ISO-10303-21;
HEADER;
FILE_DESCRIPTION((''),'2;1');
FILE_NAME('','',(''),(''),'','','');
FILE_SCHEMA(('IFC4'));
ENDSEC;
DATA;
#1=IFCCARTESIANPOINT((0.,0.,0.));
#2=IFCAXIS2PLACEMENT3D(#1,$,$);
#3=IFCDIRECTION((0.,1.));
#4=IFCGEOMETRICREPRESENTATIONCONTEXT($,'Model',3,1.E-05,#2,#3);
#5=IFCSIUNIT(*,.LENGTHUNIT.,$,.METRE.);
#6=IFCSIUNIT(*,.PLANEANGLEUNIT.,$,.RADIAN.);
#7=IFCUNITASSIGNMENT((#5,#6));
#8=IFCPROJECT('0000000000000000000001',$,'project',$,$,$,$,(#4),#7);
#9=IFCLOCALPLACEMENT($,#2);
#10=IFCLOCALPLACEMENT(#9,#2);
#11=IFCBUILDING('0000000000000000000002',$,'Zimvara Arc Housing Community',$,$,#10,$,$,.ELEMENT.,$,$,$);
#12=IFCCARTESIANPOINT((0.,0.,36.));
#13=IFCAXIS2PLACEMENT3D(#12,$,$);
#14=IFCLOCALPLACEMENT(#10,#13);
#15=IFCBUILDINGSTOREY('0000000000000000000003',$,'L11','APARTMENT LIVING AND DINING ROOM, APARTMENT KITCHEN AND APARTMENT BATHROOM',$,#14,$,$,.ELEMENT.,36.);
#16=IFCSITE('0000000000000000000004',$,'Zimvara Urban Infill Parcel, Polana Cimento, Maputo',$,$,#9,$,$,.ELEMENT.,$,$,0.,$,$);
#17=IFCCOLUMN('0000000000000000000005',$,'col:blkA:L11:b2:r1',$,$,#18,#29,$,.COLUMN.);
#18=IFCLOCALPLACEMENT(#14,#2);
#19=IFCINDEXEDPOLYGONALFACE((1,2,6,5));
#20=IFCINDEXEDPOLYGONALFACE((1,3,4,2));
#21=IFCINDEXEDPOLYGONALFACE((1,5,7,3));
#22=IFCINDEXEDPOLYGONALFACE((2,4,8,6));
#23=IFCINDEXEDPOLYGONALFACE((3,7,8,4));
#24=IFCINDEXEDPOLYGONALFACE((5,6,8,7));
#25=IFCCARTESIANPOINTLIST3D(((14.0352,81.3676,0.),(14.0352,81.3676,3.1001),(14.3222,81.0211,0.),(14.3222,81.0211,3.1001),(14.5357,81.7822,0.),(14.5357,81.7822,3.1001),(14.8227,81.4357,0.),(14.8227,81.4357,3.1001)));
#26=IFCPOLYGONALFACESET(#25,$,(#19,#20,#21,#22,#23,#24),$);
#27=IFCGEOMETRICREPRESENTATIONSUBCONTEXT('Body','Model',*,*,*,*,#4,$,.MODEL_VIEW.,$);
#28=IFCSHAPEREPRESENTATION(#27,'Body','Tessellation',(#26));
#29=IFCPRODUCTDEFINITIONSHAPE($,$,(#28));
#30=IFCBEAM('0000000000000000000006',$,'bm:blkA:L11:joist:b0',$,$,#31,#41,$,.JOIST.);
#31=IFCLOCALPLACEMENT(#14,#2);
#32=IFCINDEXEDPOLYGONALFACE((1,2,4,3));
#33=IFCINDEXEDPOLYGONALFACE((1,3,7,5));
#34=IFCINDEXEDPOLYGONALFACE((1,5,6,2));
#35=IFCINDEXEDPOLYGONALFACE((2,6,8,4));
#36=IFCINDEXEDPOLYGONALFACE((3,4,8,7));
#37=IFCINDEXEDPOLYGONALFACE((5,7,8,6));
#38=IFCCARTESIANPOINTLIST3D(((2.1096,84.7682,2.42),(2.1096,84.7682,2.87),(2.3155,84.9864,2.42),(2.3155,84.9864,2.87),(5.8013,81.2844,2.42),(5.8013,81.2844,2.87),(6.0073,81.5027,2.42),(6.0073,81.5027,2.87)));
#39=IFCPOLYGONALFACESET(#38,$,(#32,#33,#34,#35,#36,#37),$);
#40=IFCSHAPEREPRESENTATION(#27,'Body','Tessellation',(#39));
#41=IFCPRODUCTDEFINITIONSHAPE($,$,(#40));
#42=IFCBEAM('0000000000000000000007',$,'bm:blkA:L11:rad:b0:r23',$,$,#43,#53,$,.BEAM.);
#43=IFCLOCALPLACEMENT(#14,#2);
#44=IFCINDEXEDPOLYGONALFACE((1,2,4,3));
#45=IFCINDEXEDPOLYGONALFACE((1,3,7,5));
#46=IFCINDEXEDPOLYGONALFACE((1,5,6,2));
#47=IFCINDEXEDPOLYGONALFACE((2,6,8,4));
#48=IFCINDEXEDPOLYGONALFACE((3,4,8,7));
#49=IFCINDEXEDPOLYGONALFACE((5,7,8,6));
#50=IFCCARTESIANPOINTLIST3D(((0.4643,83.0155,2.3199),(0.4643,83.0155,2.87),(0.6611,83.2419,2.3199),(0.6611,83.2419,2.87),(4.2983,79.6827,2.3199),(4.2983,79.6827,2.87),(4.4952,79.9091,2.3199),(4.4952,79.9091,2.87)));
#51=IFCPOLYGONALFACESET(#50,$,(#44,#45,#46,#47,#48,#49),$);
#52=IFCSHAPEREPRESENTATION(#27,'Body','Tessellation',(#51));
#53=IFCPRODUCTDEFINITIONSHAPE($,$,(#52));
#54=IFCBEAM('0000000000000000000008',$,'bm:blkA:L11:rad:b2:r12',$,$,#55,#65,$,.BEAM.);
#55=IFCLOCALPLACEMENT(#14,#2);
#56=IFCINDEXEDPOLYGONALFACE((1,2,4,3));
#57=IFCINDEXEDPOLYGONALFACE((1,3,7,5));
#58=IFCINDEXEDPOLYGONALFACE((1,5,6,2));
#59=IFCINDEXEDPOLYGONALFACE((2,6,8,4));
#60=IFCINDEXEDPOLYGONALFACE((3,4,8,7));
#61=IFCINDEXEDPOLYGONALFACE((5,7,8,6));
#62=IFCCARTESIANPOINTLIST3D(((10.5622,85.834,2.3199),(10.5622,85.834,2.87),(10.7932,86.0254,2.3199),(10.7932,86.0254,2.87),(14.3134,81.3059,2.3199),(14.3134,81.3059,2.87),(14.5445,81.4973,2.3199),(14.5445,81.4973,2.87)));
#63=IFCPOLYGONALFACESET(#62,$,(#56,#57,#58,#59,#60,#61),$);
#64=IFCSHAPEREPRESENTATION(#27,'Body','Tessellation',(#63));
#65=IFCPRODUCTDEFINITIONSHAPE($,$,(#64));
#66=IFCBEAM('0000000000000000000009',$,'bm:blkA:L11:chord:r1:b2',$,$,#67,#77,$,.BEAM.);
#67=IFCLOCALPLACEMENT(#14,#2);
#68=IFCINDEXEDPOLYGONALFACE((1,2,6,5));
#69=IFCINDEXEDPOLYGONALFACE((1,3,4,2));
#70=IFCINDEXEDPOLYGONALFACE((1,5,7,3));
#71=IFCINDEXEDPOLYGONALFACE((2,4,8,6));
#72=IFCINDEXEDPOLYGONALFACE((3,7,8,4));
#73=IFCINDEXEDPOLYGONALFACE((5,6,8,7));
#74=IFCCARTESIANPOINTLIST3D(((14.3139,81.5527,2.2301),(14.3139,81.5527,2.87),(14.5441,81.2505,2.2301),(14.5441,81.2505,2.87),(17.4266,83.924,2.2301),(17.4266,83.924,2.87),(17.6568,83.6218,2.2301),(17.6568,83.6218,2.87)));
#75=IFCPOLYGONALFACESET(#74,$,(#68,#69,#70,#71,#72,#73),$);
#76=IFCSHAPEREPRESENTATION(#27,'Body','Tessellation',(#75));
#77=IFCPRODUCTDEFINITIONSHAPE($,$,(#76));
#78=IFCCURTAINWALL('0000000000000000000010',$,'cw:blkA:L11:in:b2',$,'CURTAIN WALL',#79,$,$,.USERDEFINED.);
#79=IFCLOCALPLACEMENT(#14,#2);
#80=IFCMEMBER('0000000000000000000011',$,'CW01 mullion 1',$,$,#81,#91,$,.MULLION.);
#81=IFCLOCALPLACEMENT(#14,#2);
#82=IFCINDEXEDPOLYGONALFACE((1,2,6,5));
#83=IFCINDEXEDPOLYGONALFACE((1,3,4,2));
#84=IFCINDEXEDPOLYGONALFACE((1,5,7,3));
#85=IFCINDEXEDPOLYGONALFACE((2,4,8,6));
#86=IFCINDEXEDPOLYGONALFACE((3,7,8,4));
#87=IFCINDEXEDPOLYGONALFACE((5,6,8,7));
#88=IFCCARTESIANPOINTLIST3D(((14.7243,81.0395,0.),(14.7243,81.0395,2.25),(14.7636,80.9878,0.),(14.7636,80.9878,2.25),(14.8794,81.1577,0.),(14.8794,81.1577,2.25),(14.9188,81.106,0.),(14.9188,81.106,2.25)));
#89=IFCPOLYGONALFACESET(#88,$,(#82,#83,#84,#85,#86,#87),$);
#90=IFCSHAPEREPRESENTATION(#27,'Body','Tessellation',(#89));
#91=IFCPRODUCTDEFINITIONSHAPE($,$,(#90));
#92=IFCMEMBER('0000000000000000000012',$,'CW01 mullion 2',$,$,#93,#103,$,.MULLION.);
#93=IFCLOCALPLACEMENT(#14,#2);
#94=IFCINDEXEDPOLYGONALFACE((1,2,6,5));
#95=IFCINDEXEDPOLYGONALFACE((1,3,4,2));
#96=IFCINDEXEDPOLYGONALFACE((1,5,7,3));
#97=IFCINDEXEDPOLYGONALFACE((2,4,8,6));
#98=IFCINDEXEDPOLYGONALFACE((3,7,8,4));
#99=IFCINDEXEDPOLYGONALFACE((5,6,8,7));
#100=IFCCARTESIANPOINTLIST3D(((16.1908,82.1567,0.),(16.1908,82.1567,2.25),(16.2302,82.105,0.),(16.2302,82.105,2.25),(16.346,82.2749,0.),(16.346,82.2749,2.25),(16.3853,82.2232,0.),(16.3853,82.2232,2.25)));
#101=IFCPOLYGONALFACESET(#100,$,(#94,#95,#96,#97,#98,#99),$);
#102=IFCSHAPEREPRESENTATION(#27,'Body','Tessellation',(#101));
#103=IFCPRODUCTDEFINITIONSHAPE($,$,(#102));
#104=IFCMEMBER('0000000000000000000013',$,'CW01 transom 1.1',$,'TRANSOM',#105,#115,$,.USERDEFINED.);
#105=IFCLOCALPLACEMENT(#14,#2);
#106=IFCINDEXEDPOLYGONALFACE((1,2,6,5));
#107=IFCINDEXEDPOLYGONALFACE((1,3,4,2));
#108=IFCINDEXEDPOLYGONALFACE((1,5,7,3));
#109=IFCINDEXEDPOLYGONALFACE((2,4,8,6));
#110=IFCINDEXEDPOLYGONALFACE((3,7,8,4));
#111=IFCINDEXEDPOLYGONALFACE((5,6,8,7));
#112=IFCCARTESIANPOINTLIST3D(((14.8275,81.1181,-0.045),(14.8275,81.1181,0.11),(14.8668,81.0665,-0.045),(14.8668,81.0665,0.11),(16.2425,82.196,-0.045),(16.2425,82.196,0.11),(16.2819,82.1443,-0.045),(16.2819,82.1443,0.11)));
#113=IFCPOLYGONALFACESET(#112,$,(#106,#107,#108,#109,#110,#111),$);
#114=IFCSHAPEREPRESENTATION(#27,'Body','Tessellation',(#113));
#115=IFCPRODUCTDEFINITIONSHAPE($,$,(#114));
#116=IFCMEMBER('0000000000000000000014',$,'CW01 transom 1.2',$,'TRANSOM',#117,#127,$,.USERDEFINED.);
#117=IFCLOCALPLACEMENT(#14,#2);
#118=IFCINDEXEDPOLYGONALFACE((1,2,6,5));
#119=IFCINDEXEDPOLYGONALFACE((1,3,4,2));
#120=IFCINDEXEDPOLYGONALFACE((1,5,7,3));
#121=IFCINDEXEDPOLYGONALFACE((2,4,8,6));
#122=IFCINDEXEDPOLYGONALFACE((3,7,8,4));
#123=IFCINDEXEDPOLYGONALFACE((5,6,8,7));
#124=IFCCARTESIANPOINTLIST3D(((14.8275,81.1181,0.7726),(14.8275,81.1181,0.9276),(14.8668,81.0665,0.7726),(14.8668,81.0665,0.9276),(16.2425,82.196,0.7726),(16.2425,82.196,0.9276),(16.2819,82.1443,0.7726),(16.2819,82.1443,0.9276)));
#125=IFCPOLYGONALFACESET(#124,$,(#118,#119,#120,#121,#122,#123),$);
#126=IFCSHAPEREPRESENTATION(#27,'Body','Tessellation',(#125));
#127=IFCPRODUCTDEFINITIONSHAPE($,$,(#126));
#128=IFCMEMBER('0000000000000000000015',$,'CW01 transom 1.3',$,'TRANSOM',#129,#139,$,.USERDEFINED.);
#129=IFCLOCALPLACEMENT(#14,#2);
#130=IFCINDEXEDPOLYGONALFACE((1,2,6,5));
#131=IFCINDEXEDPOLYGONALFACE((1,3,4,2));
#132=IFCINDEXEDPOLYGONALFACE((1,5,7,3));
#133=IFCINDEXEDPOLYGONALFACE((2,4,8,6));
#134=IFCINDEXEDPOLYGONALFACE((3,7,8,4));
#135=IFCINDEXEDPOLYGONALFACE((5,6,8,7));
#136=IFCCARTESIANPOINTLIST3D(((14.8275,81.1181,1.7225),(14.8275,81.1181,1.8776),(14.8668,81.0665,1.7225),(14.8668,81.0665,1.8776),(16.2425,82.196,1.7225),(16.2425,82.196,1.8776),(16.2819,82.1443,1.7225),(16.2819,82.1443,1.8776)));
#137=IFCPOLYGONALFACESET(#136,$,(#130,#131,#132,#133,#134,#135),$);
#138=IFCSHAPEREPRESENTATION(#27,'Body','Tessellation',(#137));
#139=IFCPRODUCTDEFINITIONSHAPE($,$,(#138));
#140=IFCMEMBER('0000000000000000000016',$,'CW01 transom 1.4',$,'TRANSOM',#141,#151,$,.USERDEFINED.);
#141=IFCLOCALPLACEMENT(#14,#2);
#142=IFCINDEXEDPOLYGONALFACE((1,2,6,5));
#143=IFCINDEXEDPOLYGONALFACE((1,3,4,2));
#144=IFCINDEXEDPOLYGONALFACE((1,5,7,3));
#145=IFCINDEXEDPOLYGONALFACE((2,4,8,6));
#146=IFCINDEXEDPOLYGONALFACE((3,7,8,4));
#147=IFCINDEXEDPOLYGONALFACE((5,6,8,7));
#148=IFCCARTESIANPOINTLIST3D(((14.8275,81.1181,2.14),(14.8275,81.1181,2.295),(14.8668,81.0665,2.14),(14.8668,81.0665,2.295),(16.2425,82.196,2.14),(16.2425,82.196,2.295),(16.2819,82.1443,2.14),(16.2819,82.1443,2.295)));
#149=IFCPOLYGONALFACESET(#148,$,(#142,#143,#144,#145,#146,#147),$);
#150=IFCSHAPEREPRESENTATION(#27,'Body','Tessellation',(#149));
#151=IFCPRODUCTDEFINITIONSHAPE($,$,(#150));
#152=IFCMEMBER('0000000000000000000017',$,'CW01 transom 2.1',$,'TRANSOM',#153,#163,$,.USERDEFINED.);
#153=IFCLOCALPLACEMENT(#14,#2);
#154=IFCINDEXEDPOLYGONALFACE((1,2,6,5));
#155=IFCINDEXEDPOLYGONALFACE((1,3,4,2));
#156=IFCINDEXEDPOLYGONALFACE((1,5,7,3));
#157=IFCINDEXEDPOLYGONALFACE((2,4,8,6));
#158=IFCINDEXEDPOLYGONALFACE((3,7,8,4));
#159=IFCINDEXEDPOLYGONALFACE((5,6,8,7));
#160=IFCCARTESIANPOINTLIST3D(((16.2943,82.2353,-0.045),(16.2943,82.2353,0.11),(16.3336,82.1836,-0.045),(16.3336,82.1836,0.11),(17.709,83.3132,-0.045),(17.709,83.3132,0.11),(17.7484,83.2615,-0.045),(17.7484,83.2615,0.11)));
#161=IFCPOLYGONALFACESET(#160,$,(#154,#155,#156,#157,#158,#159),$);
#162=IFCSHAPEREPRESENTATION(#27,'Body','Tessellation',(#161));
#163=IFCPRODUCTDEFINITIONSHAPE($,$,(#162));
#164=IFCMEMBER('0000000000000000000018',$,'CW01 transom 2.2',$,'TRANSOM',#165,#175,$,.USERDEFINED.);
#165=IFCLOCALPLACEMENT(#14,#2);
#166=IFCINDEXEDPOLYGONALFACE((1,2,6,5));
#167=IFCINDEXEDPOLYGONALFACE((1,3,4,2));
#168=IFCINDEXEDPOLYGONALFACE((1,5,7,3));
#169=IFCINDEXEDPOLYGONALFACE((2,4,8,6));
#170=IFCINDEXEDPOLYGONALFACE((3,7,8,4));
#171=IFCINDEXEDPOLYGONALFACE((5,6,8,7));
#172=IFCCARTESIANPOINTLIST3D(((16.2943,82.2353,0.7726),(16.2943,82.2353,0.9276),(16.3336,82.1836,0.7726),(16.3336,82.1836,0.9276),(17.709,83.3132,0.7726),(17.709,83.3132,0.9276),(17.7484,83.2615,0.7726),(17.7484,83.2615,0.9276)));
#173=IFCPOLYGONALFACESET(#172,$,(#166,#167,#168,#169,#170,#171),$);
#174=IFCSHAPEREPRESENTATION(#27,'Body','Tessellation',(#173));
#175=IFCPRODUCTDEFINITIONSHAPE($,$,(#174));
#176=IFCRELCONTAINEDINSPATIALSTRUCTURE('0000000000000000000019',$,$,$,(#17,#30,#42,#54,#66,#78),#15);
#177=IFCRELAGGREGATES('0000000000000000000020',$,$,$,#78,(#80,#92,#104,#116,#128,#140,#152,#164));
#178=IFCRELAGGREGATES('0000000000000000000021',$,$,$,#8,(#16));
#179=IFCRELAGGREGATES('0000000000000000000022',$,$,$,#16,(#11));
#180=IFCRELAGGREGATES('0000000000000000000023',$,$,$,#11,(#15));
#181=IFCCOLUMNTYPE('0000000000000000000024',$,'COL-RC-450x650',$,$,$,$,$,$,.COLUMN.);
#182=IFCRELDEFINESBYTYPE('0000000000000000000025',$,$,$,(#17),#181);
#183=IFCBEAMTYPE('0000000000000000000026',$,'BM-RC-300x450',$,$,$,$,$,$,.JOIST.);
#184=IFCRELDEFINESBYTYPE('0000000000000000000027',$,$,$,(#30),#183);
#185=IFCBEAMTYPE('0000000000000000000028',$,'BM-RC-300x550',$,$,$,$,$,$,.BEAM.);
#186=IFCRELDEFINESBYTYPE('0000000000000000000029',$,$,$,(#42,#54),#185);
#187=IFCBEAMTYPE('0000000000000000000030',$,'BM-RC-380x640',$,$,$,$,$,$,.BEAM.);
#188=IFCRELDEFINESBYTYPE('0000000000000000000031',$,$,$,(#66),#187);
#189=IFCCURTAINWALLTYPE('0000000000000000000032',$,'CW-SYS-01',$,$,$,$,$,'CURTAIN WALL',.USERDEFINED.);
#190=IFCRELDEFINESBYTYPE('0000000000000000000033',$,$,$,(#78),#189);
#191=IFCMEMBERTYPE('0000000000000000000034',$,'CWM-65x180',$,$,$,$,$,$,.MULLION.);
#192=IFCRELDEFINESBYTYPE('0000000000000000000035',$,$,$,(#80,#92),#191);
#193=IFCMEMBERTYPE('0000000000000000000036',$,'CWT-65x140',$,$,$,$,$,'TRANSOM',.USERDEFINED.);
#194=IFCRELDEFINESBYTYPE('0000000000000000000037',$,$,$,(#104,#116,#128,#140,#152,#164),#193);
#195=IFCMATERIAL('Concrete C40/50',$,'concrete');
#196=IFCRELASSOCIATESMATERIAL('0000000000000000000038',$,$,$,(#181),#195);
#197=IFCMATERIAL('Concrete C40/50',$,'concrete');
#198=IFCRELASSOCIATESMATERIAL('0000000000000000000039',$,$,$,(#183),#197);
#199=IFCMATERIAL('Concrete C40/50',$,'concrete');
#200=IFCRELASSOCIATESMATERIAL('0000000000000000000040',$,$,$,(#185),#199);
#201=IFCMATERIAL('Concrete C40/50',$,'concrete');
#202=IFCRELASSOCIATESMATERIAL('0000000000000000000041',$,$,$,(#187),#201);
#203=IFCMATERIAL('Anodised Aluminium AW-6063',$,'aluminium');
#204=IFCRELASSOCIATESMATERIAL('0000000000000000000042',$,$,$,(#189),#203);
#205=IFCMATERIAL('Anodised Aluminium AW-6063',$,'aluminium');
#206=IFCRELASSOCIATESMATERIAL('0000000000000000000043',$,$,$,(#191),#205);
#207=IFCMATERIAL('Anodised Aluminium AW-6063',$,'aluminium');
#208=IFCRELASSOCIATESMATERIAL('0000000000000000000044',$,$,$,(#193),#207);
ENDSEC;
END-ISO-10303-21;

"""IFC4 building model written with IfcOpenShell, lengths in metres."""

from ifc_helpers import new_model, si_unit, direction, frame, origin, origin_2d, place, context, subcontext, project, spatial, rectangle, extrude, material, material_profile, profile_set, type_object, element, aggregate, save


model = new_model("IFC4")

# Units and contexts
model_context = context("Model", 3, precision=1e-05, world=origin(), true_north=direction((0.0, 1.0)))
body_context = subcontext(model_context, "Body", "Model", "MODEL_VIEW")
ifc_project = project(units=[si_unit("LENGTHUNIT", "METRE"), si_unit("PLANEANGLEUNIT", "RADIAN")], contexts=[model_context])

# Site, building, storey
site_placement = place(None, origin())
site = spatial("IfcSite", under=ifc_project, at=site_placement, Name="Zimvara Urban Infill Parcel, Polana Cimento, Maputo", CompositionType="ELEMENT", RefElevation=0.0)
building_placement = place(site_placement, origin())
building = spatial("IfcBuilding", under=site, at=building_placement, Name="Zimvara Arc Housing Community", CompositionType="ELEMENT")
storey_placement = place(building_placement, frame((0.0, 0.0, 36.0)))
storey = spatial("IfcBuildingStorey", under=building, at=storey_placement, Name="L11", Description="APARTMENT LIVING AND DINING ROOM, APARTMENT KITCHEN AND APARTMENT BATHROOM", CompositionType="ELEMENT", Elevation=36.0)

# Column
ifc_material_1 = material(Name="Concrete C40/50", Category="concrete")
ifc_material_profile_1 = material_profile(ifc_material_1, rectangle(XDim=0.45, YDim=0.6499, at=origin_2d()), Name="RC 450x650")
ifc_profile_set_1 = profile_set([ifc_material_profile_1], Name="Concrete C40/50")
column_type = type_object("IfcColumnType", Name="COL-RC-450x650", PredefinedType="COLUMN", material=ifc_profile_set_1)
column_placement = place(storey_placement, frame((14.429, 81.4016, 0.0), z_axis=(0.0, 0.0, 1.0), x_axis=(-0.637962, 0.770068, 0.0)))
element("IfcColumn", 1, at=column_placement, inside=storey, type_object=column_type, Name="col:blkA:L11:b2:r1", PredefinedType="COLUMN", context=body_context, shape_type="SweptSolid", body=[
    extrude(rectangle(XDim=0.45, YDim=0.6499, at=origin_2d()), origin(), (0.0, 0.0, 1.0), 3.1001),
])

# Beams
ifc_material_2 = material(Name="Concrete C40/50", Category="concrete")
ifc_material_profile_2 = material_profile(ifc_material_2, rectangle(XDim=0.3, YDim=0.45, at=origin_2d()), Name="RC 300x450")
ifc_profile_set_2 = profile_set([ifc_material_profile_2], Name="Concrete C40/50")
beam_type_1 = type_object("IfcBeamType", Name="BM-RC-300x450", PredefinedType="JOIST", material=ifc_profile_set_2)
beam_1_placement = place(storey_placement, frame((5.9043, 81.3936, 2.645), z_axis=(-0.7273, 0.68632, 0.0), x_axis=(-0.68632, -0.7273, 0.0)))
element("IfcBeam", 2, at=beam_1_placement, inside=storey, type_object=beam_type_1, Name="bm:blkA:L11:joist:b0", PredefinedType="JOIST", context=body_context, shape_type="SweptSolid", body=[
    extrude(rectangle(XDim=0.3, YDim=0.45, at=origin_2d()), origin(), (0.0, 0.0, 1.0), 5.0759),
])
ifc_material_3 = material(Name="Concrete C40/50", Category="concrete")
ifc_material_profile_3 = material_profile(ifc_material_3, rectangle(XDim=0.3, YDim=0.55, at=origin_2d()), Name="RC 300x550")
ifc_profile_set_3 = profile_set([ifc_material_profile_3], Name="Concrete C40/50")
beam_type_2 = type_object("IfcBeamType", Name="BM-RC-300x550", PredefinedType="BEAM", material=ifc_profile_set_3)
beam_2_placement = place(storey_placement, frame((4.3967, 79.7959, 2.595), z_axis=(-0.754716, 0.656051, 0.0), x_axis=(-0.656051, -0.754716, 0.0)))
element("IfcBeam", 3, at=beam_2_placement, inside=storey, type_object=beam_type_2, Name="bm:blkA:L11:rad:b0:r23", PredefinedType="BEAM", context=body_context, shape_type="SweptSolid", body=[
    extrude(rectangle(XDim=0.3, YDim=0.55, at=origin_2d()), origin(), (0.0, 0.0, 1.0), 5.0801),
])
beam_3_placement = place(storey_placement, frame((14.429, 81.4016, 2.595), z_axis=(-0.637956, 0.770073, 0.0), x_axis=(-0.770073, -0.637956, 0.0)))
element("IfcBeam", 4, at=beam_3_placement, inside=storey, type_object=beam_type_2, Name="bm:blkA:L11:rad:b2:r12", PredefinedType="BEAM", context=body_context, shape_type="SweptSolid", body=[
    extrude(rectangle(XDim=0.3, YDim=0.55, at=origin_2d()), origin(), (0.0, 0.0, 1.0), 5.8801),
])
ifc_material_4 = material(Name="Concrete C40/50", Category="concrete")
ifc_material_profile_4 = material_profile(ifc_material_4, rectangle(XDim=0.3799, YDim=0.6399, at=origin_2d()), Name="RC 380x640")
ifc_profile_set_4 = profile_set([ifc_material_profile_4], Name="Concrete C40/50")
beam_type_3 = type_object("IfcBeamType", Name="BM-RC-380x640", PredefinedType="BEAM", material=ifc_profile_set_4)
beam_4_placement = place(storey_placement, frame((14.429, 81.4016, 2.55), z_axis=(0.79547, 0.605992, 0.0), x_axis=(-0.605992, 0.79547, 0.0)))
element("IfcBeam", 5, at=beam_4_placement, inside=storey, type_object=beam_type_3, Name="bm:blkA:L11:chord:r1:b2", PredefinedType="BEAM", context=body_context, shape_type="SweptSolid", body=[
    extrude(rectangle(XDim=0.3799, YDim=0.6399, at=origin_2d()), origin(), (0.0, 0.0, 1.0), 3.9131),
])

# Curtain wall, members
ifc_material_5 = material(Name="Anodised Aluminium AW-6063", Category="aluminium")
curtain_wall_type = type_object("IfcCurtainWallType", Name="CW-SYS-01", ElementType="CURTAIN WALL", PredefinedType="USERDEFINED", material=ifc_material_5)
curtain_wall_placement = place(storey_placement, origin())
curtain_wall = element("IfcCurtainWall", 6, at=curtain_wall_placement, inside=storey, type_object=curtain_wall_type, Name="cw:blkA:L11:in:b2", ObjectType="CURTAIN WALL", PredefinedType="USERDEFINED")
ifc_material_6 = material(Name="Anodised Aluminium AW-6063", Category="aluminium")
ifc_material_profile_5 = material_profile(ifc_material_6, rectangle(XDim=0.0649, YDim=0.1951, at=origin_2d()), Name="ALU 65x195")
ifc_profile_set_5 = profile_set([ifc_material_profile_5], Name="Anodised Aluminium AW-6063")
member_type_1 = type_object("IfcMemberType", Name="CWM-65x180", PredefinedType="MULLION", material=ifc_profile_set_5)
member_1_placement = place(storey_placement, frame((14.8215, 81.0728, 0.0), z_axis=(0.0, 0.0, 1.0), x_axis=(-0.605988, 0.795474, 0.0)))
member_1 = element("IfcMember", 7, at=member_1_placement, type_object=member_type_1, Name="CW01 mullion 1", PredefinedType="MULLION", context=body_context, shape_type="SweptSolid", body=[
    extrude(rectangle(XDim=0.0649, YDim=0.1951, at=origin_2d()), origin(), (0.0, 0.0, 1.0), 2.25),
])
member_2_placement = place(storey_placement, frame((16.2881, 82.1899, 0.0), z_axis=(0.0, 0.0, 1.0), x_axis=(-0.605988, 0.795474, 0.0)))
member_2 = element("IfcMember", 8, at=member_2_placement, type_object=member_type_1, Name="CW01 mullion 2", PredefinedType="MULLION", context=body_context, shape_type="SweptSolid", body=[
    extrude(rectangle(XDim=0.0649, YDim=0.1951, at=origin_2d()), origin(), (0.0, 0.0, 1.0), 2.25),
])
ifc_material_7 = material(Name="Anodised Aluminium AW-6063", Category="aluminium")
ifc_material_profile_6 = material_profile(ifc_material_7, rectangle(XDim=0.0649, YDim=0.155, at=origin_2d()), Name="ALU 65x155")
ifc_profile_set_6 = profile_set([ifc_material_profile_6], Name="Anodised Aluminium AW-6063")
member_type_2 = type_object("IfcMemberType", Name="CWT-65x140", ElementType="TRANSOM", PredefinedType="USERDEFINED", material=ifc_profile_set_6)
member_3_placement = place(storey_placement, frame((14.8472, 81.0923, 0.0325), z_axis=(0.795498, 0.605956, 0.0), x_axis=(-0.605956, 0.795498, 0.0)))
member_3 = element("IfcMember", 9, at=member_3_placement, type_object=member_type_2, Name="CW01 transom 1.1", ObjectType="TRANSOM", PredefinedType="USERDEFINED", context=body_context, shape_type="SweptSolid", body=[
    extrude(rectangle(XDim=0.0649, YDim=0.155, at=origin_2d()), origin(), (0.0, 0.0, 1.0), 1.7788),
])
member_4_placement = place(storey_placement, frame((14.8472, 81.0923, 0.8501), z_axis=(0.795498, 0.605956, 0.0), x_axis=(-0.605956, 0.795498, 0.0)))
member_4 = element("IfcMember", 10, at=member_4_placement, type_object=member_type_2, Name="CW01 transom 1.2", ObjectType="TRANSOM", PredefinedType="USERDEFINED", context=body_context, shape_type="SweptSolid", body=[
    extrude(rectangle(XDim=0.0649, YDim=0.155, at=origin_2d()), origin(), (0.0, 0.0, 1.0), 1.7788),
])
member_5_placement = place(storey_placement, frame((14.8472, 81.0923, 1.8), z_axis=(0.795498, 0.605956, 0.0), x_axis=(-0.605956, 0.795498, 0.0)))
member_5 = element("IfcMember", 11, at=member_5_placement, type_object=member_type_2, Name="CW01 transom 1.3", ObjectType="TRANSOM", PredefinedType="USERDEFINED", context=body_context, shape_type="SweptSolid", body=[
    extrude(rectangle(XDim=0.0649, YDim=0.155, at=origin_2d()), origin(), (0.0, 0.0, 1.0), 1.7788),
])
member_6_placement = place(storey_placement, frame((14.8472, 81.0923, 2.2175), z_axis=(0.795498, 0.605956, 0.0), x_axis=(-0.605956, 0.795498, 0.0)))
member_6 = element("IfcMember", 12, at=member_6_placement, type_object=member_type_2, Name="CW01 transom 1.4", ObjectType="TRANSOM", PredefinedType="USERDEFINED", context=body_context, shape_type="SweptSolid", body=[
    extrude(rectangle(XDim=0.0649, YDim=0.155, at=origin_2d()), origin(), (0.0, 0.0, 1.0), 1.7788),
])
member_7_placement = place(storey_placement, frame((16.314, 82.2095, 0.0325), z_axis=(0.795447, 0.606023, 0.0), x_axis=(-0.606023, 0.795447, 0.0)))
member_7 = element("IfcMember", 13, at=member_7_placement, type_object=member_type_2, Name="CW01 transom 2.1", ObjectType="TRANSOM", PredefinedType="USERDEFINED", context=body_context, shape_type="SweptSolid", body=[
    extrude(rectangle(XDim=0.0649, YDim=0.155, at=origin_2d()), origin(), (0.0, 0.0, 1.0), 1.7786),
])
member_8_placement = place(storey_placement, frame((16.314, 82.2095, 0.8501), z_axis=(0.795447, 0.606023, 0.0), x_axis=(-0.606023, 0.795447, 0.0)))
member_8 = element("IfcMember", 14, at=member_8_placement, type_object=member_type_2, Name="CW01 transom 2.2", ObjectType="TRANSOM", PredefinedType="USERDEFINED", context=body_context, shape_type="SweptSolid", body=[
    extrude(rectangle(XDim=0.0649, YDim=0.155, at=origin_2d()), origin(), (0.0, 0.0, 1.0), 1.7786),
])
aggregate(curtain_wall, [member_1, member_2, member_3, member_4, member_5, member_6, member_7, member_8])

save(model, "model.ifc")
